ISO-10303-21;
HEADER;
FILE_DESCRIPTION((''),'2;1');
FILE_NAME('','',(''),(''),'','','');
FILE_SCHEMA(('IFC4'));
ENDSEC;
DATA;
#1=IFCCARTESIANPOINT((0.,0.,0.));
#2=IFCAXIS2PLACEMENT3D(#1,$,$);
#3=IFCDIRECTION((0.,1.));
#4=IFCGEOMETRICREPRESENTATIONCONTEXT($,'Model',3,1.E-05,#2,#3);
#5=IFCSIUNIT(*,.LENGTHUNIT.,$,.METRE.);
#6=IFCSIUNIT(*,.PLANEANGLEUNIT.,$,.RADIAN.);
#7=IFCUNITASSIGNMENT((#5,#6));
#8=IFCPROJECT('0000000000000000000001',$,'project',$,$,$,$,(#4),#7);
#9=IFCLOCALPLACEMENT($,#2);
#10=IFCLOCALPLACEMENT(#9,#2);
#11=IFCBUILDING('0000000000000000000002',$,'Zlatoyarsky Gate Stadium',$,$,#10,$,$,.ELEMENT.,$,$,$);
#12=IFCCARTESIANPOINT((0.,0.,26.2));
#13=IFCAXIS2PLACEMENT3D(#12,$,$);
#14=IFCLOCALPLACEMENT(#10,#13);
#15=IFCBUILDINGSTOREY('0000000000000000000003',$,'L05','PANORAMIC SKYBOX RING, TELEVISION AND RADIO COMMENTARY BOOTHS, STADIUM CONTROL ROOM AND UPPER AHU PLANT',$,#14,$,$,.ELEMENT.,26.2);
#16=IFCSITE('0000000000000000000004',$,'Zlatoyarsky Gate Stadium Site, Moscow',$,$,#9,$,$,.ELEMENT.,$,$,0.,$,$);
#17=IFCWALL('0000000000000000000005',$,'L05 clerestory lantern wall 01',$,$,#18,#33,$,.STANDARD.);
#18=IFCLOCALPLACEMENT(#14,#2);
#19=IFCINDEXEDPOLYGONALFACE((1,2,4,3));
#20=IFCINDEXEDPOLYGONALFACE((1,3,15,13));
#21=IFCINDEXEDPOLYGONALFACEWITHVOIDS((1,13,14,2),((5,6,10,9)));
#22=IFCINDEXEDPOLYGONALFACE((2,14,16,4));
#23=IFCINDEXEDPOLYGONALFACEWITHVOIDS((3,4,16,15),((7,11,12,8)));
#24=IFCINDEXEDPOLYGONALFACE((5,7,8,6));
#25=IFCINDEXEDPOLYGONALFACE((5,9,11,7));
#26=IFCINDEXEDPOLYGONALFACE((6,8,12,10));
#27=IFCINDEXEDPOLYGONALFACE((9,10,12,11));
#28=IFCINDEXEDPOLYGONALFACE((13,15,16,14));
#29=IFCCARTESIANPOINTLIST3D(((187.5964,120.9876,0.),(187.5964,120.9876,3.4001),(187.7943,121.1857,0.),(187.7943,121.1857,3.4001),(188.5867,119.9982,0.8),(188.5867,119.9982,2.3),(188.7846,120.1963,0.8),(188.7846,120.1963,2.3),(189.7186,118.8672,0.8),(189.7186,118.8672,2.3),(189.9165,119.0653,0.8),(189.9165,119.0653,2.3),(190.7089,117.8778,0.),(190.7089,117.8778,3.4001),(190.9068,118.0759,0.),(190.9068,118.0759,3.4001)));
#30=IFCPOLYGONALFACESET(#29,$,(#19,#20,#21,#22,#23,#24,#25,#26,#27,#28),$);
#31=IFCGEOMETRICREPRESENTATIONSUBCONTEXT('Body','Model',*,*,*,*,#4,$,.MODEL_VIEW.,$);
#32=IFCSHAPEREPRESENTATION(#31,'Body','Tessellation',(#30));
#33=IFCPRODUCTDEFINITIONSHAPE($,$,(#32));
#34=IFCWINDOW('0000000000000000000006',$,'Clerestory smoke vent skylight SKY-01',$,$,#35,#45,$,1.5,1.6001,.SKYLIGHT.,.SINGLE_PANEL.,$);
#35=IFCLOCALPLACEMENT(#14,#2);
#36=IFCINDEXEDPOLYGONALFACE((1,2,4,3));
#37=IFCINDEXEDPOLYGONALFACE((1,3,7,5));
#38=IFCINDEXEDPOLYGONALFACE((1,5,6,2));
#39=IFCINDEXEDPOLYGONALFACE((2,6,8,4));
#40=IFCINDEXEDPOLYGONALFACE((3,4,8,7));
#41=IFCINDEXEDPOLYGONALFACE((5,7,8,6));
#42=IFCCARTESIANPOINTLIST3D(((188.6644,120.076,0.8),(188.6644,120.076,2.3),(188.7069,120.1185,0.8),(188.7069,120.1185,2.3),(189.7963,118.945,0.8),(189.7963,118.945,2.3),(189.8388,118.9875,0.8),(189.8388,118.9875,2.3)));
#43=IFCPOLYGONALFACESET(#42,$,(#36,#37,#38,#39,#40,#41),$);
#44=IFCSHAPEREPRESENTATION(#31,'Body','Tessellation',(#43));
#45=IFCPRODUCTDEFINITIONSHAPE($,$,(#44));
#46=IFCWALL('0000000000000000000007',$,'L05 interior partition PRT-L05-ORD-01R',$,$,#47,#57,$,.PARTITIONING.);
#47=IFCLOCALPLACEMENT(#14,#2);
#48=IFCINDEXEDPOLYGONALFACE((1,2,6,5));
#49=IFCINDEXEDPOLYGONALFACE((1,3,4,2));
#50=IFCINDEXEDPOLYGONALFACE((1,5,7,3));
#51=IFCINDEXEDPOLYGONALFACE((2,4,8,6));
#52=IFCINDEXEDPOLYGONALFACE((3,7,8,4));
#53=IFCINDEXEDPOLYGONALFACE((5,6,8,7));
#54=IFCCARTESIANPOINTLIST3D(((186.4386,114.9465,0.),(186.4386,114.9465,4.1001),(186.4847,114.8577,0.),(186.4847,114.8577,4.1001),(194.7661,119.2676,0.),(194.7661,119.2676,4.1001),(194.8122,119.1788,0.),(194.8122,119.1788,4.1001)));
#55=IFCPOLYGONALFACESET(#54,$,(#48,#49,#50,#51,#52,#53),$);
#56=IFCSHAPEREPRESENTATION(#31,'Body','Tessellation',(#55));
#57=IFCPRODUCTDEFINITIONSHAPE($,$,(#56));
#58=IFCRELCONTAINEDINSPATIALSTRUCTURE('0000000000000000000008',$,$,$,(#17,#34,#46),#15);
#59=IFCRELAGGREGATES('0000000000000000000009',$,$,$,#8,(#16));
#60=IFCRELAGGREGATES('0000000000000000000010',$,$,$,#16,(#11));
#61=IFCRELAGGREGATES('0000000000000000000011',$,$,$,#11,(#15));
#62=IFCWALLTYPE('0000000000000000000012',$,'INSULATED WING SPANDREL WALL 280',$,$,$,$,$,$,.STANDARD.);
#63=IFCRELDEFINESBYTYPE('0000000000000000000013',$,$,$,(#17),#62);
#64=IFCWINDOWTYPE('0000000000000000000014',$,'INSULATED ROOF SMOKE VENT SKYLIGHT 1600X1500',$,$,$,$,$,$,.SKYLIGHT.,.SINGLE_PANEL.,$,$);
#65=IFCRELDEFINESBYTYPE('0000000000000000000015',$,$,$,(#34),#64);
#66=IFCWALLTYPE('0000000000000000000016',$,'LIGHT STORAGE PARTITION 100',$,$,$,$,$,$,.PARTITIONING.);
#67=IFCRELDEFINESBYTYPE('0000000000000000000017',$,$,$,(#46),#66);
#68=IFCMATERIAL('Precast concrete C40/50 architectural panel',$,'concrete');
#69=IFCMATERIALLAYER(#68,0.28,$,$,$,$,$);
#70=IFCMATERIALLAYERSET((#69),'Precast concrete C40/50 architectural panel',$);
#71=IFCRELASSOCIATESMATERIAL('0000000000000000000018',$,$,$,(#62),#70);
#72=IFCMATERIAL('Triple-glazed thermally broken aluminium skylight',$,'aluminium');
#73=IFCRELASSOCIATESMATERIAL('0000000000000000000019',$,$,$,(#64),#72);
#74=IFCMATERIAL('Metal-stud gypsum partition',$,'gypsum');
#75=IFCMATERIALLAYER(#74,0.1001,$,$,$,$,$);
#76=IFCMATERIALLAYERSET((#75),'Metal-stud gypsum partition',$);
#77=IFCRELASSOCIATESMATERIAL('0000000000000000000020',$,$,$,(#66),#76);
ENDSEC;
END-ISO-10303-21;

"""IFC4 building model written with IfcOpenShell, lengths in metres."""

from ifc_helpers import new_model, si_unit, direction, frame, frame_2d, origin, place, context, subcontext, project, spatial, rectangle, extrude, material, layer, layer_set, type_object, element, fill, save


model = new_model("IFC4")

# Units and contexts
model_context = context("Model", 3, precision=1e-05, world=origin(), true_north=direction((0.0, 1.0)))
body_context = subcontext(model_context, "Body", "Model", "MODEL_VIEW")
ifc_project = project(units=[si_unit("LENGTHUNIT", "METRE"), si_unit("PLANEANGLEUNIT", "RADIAN")], contexts=[model_context])

# Site, building, storey
site_placement = place(None, origin())
site = spatial("IfcSite", under=ifc_project, at=site_placement, Name="Zlatoyarsky Gate Stadium Site, Moscow", CompositionType="ELEMENT", RefElevation=0.0)
building_placement = place(site_placement, origin())
building = spatial("IfcBuilding", under=site, at=building_placement, Name="Zlatoyarsky Gate Stadium", CompositionType="ELEMENT")
storey_placement = place(building_placement, frame((0.0, 0.0, 26.2)))
storey = spatial("IfcBuildingStorey", under=building, at=storey_placement, Name="L05", Description="PANORAMIC SKYBOX RING, TELEVISION AND RADIO COMMENTARY BOOTHS, STADIUM CONTROL ROOM AND UPPER AHU PLANT", CompositionType="ELEMENT", Elevation=26.2)

# Wall, opening, window
ifc_material_1 = material(Name="Precast concrete C40/50 architectural panel", Category="concrete")
ifc_layer_1 = layer(ifc_material_1, 0.28)
ifc_layer_set_1 = layer_set([ifc_layer_1], Name="Precast concrete C40/50 architectural panel")
wall_type_1 = type_object("IfcWallType", Name="INSULATED WING SPANDREL WALL 280", PredefinedType="STANDARD", material=ifc_layer_set_1)
wall_1_placement = place(storey_placement, frame((190.8079, 117.9768, 0.0), z_axis=(0.0, 0.0, 1.0), x_axis=(-0.707412, 0.706802, 0.0)))
wall_1 = element("IfcWall", 1, at=wall_1_placement, inside=storey, type_object=wall_type_1, Name="L05 clerestory lantern wall 01", PredefinedType="STANDARD", context=body_context, shape_type="SweptSolid", body=[
    extrude(rectangle(XDim=4.3999, YDim=0.28, at=frame_2d((2.2, 0.0))), origin(), (0.0, 0.0, 1.0), 3.4001),
])
opening_placement = place(wall_1_placement, frame((1.3999, 0.0, 0.8)))
opening = element("IfcOpeningElement", 2, at=opening_placement, cuts=wall_1, PredefinedType="OPENING", context=body_context, shape_type="SweptSolid", body=[
    extrude(rectangle(XDim=1.6001, YDim=1.5, at=frame_2d((0.8, 0.75))), frame((0.0, 0.1499, 0.0), z_axis=(0.0, -1.0, 0.0), x_axis=(1.0, 0.0, 0.0)), (0.0, 0.0, 1.0), 0.3),
])
ifc_material_2 = material(Name="Triple-glazed thermally broken aluminium skylight", Category="aluminium")
window_type = type_object("IfcWindowType", Name="INSULATED ROOF SMOKE VENT SKYLIGHT 1600X1500", PartitioningType="SINGLE_PANEL", PredefinedType="SKYLIGHT", material=ifc_material_2)
window_placement = place(opening_placement, origin())
window = element("IfcWindow", 3, at=window_placement, inside=storey, type_object=window_type, Name="Clerestory smoke vent skylight SKY-01", OverallHeight=1.5, OverallWidth=1.6001, PartitioningType="SINGLE_PANEL", PredefinedType="SKYLIGHT", context=body_context, shape_type="SweptSolid", body=[
    extrude(rectangle(XDim=1.6001, YDim=1.5, at=frame_2d((0.8, 0.75))), frame((0.0, 0.03, 0.0), z_axis=(0.0, -1.0, 0.0), x_axis=(1.0, 0.0, 0.0)), (0.0, 0.0, 1.0), 0.0601),
])
fill(opening, window)

# Wall
ifc_material_3 = material(Name="Metal-stud gypsum partition", Category="gypsum")
ifc_layer_2 = layer(ifc_material_3, 0.1001)
ifc_layer_set_2 = layer_set([ifc_layer_2], Name="Metal-stud gypsum partition")
wall_type_2 = type_object("IfcWallType", Name="LIGHT STORAGE PARTITION 100", PredefinedType="PARTITIONING", material=ifc_layer_set_2)
wall_2_placement = place(storey_placement, frame((186.4617, 114.9021, 0.0), z_axis=(0.0, 0.0, 1.0), x_axis=(0.887618, 0.460581, 0.0)))
element("IfcWall", 4, at=wall_2_placement, inside=storey, type_object=wall_type_2, Name="L05 interior partition PRT-L05-ORD-01R", PredefinedType="PARTITIONING", context=body_context, shape_type="SweptSolid", body=[
    extrude(rectangle(XDim=9.3818, YDim=0.1001, at=frame_2d((4.6909, 0.0))), origin(), (0.0, 0.0, 1.0), 4.1001),
])

save(model, "model.ifc")
